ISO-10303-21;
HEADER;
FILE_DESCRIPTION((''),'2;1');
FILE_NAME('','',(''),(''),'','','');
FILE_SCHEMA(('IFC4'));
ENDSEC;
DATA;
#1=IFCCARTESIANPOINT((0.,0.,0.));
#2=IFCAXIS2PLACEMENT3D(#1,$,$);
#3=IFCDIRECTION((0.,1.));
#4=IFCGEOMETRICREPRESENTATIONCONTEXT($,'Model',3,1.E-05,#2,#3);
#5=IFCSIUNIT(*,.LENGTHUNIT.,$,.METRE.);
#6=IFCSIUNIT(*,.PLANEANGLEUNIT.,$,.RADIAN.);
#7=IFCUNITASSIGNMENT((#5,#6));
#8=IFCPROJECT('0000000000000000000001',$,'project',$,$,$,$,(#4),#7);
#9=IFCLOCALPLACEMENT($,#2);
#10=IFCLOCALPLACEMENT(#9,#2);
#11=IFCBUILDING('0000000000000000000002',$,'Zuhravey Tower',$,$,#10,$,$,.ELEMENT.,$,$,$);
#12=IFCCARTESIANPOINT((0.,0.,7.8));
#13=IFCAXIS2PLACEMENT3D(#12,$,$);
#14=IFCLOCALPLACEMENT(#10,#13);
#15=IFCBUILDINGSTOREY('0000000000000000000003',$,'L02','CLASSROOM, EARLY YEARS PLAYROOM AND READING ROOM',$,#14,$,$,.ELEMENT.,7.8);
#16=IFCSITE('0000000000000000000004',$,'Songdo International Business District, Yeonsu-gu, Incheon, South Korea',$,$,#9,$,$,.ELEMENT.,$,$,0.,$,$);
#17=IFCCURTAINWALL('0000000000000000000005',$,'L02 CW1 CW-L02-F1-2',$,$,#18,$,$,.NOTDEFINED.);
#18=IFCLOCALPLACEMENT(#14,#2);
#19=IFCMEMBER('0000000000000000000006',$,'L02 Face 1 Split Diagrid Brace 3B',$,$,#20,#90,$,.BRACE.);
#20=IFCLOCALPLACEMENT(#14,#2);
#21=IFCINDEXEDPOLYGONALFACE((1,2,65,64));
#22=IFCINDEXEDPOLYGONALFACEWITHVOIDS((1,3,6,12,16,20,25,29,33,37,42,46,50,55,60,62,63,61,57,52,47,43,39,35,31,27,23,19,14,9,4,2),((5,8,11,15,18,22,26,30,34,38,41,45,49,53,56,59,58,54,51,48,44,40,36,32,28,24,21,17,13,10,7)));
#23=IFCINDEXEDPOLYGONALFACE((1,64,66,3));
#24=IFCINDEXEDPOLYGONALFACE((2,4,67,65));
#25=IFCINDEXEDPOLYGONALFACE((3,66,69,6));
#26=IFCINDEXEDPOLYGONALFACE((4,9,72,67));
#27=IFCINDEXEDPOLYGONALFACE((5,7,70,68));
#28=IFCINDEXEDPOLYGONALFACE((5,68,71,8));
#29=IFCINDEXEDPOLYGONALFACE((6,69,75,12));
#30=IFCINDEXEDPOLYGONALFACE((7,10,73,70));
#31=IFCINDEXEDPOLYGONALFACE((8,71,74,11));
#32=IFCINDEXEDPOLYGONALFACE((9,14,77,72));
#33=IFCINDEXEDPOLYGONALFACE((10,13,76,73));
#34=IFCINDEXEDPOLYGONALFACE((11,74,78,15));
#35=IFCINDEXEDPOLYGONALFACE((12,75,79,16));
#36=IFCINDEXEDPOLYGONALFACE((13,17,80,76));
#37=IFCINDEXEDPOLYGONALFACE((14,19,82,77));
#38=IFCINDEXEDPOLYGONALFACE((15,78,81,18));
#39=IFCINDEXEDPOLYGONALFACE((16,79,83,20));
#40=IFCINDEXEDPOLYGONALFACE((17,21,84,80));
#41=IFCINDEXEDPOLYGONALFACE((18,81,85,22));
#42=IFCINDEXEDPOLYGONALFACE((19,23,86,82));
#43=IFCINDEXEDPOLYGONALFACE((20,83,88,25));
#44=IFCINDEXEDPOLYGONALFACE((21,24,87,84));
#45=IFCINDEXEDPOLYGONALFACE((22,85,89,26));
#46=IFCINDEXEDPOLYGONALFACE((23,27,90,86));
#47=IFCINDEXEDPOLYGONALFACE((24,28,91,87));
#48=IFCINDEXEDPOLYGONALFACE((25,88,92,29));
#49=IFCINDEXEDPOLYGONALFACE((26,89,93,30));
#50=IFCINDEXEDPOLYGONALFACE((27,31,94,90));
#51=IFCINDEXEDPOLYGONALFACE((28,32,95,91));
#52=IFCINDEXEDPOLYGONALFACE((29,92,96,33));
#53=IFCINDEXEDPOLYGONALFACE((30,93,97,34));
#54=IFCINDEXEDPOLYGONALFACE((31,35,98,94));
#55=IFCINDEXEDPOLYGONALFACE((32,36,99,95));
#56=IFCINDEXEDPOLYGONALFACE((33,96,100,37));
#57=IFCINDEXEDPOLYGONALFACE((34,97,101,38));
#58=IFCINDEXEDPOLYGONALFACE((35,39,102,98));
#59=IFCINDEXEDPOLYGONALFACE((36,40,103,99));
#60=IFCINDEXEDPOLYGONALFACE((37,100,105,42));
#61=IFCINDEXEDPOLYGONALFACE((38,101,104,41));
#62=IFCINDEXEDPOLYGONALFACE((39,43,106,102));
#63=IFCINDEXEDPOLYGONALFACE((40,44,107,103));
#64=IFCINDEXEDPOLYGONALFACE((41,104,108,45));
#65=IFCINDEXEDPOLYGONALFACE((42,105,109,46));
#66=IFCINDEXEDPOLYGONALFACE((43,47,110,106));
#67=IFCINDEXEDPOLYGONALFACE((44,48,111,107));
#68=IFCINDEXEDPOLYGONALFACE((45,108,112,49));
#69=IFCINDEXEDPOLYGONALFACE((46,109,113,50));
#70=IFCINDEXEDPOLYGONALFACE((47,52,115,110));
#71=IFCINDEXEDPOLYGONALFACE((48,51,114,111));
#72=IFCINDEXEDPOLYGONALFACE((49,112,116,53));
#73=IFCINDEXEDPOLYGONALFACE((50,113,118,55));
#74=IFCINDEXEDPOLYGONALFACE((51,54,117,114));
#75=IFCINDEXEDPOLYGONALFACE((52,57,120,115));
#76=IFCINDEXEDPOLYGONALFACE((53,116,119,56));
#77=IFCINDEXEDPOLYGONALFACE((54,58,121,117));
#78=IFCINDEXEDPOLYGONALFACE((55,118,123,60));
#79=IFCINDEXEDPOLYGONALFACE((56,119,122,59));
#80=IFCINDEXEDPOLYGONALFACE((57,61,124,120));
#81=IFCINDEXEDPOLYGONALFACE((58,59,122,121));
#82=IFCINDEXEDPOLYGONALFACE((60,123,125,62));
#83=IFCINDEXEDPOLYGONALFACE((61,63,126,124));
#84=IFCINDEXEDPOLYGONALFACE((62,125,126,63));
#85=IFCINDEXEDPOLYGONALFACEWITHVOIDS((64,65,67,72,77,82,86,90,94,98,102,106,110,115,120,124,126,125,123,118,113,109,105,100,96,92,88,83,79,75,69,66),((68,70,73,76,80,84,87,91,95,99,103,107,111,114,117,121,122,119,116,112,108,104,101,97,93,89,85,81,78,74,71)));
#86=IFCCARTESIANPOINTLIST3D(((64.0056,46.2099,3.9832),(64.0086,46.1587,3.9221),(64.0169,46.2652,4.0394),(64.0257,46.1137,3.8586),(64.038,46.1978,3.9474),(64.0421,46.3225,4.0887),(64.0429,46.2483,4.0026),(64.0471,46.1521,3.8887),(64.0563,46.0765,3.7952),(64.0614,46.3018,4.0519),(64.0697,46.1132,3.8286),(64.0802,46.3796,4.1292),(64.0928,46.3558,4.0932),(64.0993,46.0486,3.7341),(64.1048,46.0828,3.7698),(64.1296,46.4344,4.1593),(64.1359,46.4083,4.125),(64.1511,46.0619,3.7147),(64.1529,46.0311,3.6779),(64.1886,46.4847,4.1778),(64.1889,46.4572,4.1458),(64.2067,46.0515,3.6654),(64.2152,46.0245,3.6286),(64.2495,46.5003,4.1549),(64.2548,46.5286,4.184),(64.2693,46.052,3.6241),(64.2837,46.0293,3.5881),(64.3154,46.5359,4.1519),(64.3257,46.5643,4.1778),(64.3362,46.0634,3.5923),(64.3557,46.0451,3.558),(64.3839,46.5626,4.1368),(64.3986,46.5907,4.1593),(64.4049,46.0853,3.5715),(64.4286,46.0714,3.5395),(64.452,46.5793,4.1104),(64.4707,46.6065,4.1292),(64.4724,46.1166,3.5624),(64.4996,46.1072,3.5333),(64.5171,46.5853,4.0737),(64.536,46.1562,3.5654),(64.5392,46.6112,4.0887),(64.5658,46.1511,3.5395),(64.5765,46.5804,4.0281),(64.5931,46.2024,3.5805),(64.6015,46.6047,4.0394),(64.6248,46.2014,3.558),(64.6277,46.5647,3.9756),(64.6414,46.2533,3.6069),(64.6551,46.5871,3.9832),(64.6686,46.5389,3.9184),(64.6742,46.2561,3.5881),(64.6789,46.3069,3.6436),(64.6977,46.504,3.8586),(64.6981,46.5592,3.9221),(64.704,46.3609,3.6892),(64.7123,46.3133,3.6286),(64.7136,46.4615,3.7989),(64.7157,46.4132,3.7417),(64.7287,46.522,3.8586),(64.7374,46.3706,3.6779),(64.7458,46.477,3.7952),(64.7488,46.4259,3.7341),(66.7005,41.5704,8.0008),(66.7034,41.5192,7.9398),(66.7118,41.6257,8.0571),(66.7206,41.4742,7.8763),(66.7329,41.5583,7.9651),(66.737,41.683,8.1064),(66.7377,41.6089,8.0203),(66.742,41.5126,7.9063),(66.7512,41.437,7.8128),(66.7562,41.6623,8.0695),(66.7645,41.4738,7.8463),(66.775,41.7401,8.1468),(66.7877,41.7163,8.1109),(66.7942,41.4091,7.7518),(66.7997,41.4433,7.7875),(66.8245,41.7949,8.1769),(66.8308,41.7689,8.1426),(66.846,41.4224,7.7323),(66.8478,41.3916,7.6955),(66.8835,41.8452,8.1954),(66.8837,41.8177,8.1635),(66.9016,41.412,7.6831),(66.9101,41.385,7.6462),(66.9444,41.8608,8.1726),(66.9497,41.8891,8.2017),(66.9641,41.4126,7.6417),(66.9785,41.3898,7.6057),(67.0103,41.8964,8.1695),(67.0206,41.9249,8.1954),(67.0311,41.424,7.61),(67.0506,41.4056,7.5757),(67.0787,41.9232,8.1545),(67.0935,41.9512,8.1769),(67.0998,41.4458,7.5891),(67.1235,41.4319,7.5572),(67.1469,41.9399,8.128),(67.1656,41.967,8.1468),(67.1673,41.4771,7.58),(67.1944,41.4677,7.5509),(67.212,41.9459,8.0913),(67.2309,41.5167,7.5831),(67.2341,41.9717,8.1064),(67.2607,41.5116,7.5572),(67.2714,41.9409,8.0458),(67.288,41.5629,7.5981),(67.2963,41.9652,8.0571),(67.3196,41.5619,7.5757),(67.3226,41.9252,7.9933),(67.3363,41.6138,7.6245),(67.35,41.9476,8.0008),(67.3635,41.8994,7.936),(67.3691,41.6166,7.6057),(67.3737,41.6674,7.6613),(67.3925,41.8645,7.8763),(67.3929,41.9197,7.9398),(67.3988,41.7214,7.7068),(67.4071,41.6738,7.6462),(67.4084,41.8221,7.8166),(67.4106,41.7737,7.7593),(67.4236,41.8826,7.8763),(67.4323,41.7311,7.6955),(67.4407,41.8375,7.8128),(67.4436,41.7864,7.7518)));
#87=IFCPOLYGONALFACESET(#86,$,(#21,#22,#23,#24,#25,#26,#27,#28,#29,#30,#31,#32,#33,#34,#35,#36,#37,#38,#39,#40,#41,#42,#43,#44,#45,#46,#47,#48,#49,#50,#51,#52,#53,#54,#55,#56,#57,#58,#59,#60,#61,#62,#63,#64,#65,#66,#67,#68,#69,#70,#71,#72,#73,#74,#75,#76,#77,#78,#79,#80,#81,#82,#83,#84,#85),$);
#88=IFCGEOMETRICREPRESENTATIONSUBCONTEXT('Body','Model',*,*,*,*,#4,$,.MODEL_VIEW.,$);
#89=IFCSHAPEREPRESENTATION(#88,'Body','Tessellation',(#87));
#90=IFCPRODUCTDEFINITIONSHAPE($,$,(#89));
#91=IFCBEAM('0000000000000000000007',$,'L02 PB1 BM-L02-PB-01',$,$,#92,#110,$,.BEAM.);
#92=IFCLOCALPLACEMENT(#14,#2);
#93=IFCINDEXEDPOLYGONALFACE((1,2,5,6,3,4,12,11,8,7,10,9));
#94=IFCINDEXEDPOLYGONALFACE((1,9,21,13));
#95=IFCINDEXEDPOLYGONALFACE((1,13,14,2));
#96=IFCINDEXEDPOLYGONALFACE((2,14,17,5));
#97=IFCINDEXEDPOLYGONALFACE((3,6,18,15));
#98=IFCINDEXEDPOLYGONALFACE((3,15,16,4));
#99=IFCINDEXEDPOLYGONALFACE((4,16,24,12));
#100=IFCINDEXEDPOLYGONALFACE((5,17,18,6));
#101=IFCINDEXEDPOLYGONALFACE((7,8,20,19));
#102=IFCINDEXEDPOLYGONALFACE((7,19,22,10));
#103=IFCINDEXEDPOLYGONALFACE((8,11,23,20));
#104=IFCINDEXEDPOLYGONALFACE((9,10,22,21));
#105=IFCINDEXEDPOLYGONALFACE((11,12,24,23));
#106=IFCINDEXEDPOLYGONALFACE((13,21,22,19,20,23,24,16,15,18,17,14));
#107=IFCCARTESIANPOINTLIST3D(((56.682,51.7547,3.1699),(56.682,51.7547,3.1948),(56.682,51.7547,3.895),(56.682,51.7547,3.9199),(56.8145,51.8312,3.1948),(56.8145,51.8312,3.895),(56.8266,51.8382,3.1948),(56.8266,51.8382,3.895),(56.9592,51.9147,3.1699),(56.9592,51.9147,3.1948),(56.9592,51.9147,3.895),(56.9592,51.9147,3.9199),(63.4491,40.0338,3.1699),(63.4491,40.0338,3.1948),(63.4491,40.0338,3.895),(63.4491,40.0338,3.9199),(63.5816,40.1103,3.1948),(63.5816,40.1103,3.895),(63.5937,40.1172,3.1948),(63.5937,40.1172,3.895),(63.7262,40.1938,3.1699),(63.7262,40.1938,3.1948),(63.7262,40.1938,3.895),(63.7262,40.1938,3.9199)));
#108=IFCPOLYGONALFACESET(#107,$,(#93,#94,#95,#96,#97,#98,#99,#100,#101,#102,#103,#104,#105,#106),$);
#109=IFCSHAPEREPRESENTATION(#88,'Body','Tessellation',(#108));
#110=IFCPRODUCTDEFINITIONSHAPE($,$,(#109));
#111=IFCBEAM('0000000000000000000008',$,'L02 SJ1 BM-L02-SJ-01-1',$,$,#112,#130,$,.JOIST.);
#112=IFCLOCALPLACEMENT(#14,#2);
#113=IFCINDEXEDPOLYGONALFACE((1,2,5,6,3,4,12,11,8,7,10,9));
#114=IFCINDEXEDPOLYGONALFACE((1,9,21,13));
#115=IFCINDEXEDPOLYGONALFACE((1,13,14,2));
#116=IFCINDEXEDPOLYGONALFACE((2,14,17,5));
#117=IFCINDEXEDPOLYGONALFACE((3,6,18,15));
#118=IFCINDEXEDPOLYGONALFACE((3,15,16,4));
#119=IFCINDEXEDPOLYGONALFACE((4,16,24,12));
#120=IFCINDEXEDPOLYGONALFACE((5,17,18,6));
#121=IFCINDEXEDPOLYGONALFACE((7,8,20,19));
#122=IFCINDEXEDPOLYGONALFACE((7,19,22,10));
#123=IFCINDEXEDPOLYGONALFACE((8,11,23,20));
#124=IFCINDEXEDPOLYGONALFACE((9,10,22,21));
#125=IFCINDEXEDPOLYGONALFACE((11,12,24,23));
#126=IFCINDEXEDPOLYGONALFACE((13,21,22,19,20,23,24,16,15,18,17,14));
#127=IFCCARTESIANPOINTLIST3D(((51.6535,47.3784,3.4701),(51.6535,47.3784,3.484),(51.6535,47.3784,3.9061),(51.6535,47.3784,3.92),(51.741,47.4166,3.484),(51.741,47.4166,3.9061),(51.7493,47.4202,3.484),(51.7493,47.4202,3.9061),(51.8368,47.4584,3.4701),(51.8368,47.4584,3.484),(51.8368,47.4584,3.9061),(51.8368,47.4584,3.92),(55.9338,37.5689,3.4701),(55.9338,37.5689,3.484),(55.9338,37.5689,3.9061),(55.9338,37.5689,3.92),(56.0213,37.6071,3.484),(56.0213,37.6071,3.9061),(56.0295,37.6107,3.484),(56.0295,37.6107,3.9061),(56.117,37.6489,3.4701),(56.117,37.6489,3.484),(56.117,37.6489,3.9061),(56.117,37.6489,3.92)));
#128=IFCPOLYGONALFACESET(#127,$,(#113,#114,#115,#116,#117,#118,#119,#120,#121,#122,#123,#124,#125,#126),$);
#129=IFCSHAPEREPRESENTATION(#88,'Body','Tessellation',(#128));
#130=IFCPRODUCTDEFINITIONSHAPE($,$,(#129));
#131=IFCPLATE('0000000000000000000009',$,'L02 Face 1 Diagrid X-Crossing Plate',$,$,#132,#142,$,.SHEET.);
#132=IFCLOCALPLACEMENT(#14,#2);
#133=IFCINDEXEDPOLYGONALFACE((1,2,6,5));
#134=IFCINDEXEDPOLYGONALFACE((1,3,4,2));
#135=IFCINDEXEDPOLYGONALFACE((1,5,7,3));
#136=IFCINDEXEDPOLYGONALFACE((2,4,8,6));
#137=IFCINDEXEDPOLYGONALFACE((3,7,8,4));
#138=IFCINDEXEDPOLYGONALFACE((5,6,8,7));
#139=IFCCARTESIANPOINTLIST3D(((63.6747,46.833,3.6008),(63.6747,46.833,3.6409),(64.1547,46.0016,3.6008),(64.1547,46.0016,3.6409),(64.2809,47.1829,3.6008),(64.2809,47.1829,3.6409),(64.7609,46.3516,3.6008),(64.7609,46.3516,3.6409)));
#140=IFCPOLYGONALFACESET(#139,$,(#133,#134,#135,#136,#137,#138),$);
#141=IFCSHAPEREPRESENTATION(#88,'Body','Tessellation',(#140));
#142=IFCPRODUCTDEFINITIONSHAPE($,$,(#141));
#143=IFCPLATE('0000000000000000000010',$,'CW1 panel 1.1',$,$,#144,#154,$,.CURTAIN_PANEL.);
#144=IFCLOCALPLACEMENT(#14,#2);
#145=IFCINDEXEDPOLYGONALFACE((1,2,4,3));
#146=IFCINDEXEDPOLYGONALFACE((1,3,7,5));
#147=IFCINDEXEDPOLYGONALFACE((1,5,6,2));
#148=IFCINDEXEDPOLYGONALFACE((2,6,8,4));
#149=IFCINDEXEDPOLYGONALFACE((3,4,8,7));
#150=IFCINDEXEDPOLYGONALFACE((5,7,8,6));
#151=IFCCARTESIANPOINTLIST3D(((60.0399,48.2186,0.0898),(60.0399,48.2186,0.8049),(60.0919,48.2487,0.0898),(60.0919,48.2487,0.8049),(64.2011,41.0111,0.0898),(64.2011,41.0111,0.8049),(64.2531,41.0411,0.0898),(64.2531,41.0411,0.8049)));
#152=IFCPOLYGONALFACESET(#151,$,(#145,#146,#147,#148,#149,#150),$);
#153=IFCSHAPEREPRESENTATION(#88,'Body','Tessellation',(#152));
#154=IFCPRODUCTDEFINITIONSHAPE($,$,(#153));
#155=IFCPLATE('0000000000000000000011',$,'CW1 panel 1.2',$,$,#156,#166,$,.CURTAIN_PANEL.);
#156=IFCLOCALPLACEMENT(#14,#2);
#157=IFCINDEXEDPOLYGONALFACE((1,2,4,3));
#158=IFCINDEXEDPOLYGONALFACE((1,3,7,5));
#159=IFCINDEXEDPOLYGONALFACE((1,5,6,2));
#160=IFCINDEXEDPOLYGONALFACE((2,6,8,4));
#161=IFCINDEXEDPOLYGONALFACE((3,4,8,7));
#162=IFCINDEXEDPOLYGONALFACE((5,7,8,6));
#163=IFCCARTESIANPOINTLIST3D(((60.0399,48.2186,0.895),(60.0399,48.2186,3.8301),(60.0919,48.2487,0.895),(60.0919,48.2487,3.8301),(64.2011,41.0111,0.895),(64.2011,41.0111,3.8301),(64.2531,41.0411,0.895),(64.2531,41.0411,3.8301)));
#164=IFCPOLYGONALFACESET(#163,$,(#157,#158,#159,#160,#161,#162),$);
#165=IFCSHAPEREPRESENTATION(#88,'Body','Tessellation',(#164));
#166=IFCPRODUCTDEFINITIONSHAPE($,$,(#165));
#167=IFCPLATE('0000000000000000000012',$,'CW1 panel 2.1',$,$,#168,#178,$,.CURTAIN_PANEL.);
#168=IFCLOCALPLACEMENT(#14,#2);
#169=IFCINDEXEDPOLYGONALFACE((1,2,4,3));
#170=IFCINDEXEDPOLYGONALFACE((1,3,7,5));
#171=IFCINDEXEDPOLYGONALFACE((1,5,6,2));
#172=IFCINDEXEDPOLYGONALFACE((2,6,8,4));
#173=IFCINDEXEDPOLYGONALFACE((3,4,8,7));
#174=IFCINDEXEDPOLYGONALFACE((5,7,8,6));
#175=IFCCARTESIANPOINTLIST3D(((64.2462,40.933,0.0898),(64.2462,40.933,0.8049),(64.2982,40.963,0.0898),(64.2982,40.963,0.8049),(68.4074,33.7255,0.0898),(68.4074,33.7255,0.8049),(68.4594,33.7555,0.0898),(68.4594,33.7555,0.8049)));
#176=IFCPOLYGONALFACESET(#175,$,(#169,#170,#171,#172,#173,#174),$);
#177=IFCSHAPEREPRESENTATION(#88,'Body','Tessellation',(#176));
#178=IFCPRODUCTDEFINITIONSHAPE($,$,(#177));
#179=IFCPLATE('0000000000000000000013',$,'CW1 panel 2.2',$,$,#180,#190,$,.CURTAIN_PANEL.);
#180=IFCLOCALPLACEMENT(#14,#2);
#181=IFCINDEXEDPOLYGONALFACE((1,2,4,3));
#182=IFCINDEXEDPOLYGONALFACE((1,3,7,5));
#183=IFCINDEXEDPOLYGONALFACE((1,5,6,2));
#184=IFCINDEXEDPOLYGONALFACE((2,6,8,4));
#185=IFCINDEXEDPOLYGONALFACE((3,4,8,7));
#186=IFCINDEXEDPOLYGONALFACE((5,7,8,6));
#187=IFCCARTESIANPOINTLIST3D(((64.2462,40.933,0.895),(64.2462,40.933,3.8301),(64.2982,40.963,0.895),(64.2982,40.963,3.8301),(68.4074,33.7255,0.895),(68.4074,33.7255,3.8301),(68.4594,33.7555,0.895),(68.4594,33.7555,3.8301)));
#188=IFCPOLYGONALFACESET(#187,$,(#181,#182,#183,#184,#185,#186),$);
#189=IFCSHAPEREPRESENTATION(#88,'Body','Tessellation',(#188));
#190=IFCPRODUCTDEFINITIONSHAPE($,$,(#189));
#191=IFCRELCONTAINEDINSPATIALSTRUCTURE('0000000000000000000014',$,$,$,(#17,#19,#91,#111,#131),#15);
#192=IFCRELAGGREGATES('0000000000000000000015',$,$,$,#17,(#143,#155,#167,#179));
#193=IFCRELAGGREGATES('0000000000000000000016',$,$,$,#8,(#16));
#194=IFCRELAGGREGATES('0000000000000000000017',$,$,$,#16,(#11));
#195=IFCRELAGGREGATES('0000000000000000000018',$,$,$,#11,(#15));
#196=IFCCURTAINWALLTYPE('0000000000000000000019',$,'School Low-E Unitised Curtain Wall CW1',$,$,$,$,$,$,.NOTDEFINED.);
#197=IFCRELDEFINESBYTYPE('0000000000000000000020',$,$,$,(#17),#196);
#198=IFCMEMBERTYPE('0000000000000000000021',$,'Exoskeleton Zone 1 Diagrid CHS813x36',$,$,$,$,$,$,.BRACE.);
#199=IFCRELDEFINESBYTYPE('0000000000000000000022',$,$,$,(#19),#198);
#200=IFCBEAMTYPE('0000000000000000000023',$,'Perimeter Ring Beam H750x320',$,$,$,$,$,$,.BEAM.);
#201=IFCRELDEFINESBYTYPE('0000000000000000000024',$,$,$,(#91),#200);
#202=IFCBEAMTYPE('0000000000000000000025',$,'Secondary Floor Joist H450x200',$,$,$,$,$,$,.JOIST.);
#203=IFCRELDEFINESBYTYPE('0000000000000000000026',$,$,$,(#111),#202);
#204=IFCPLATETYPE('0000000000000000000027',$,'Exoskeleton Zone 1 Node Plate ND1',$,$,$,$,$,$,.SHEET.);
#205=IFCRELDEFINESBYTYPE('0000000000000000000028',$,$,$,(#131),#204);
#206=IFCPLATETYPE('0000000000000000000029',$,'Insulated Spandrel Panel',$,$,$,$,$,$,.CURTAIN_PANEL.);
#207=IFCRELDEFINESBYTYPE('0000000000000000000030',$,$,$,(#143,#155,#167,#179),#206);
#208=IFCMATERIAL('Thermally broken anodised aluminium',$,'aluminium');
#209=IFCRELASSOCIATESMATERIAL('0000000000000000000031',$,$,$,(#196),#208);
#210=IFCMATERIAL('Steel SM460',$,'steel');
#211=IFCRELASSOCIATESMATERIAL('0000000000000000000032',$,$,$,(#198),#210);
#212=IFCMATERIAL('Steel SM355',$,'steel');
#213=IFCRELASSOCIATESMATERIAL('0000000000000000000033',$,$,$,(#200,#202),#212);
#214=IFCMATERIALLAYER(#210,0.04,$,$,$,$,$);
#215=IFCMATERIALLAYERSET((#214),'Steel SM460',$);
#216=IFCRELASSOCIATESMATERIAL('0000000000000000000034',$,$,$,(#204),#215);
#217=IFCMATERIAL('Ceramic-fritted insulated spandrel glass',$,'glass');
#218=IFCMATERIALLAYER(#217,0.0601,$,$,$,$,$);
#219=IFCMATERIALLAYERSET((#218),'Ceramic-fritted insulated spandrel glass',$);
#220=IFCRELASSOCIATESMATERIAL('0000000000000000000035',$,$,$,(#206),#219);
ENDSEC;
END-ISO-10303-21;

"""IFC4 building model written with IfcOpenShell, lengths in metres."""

from ifc_helpers import new_model, si_unit, direction, frame, origin, origin_2d, place, context, subcontext, project, spatial, rectangle, hollow_circle, i_section, extrude, material, layer, layer_set, material_profile, profile_set, type_object, element, aggregate, save


model = new_model("IFC4")

# Units and contexts
model_context = context("Model", 3, precision=1e-05, world=origin(), true_north=direction((0.0, 1.0)))
body_context = subcontext(model_context, "Body", "Model", "MODEL_VIEW")
ifc_project = project(units=[si_unit("LENGTHUNIT", "METRE"), si_unit("PLANEANGLEUNIT", "RADIAN")], contexts=[model_context])

# Site, building, storey
site_placement = place(None, origin())
site = spatial("IfcSite", under=ifc_project, at=site_placement, Name="Songdo International Business District, Yeonsu-gu, Incheon, South Korea", CompositionType="ELEMENT", RefElevation=0.0)
building_placement = place(site_placement, origin())
building = spatial("IfcBuilding", under=site, at=building_placement, Name="Zuhravey Tower", CompositionType="ELEMENT")
storey_placement = place(building_placement, frame((0.0, 0.0, 7.8)))
storey = spatial("IfcBuildingStorey", under=building, at=storey_placement, Name="L02", Description="CLASSROOM, EARLY YEARS PLAYROOM AND READING ROOM", CompositionType="ELEMENT", Elevation=7.8)

# Curtain wall
ifc_material_1 = material(Name="Thermally broken anodised aluminium", Category="aluminium")
curtain_wall_type = type_object("IfcCurtainWallType", Name="School Low-E Unitised Curtain Wall CW1", PredefinedType="NOTDEFINED", material=ifc_material_1)
curtain_wall_placement = place(storey_placement, origin())
curtain_wall = element("IfcCurtainWall", 1, at=curtain_wall_placement, inside=storey, type_object=curtain_wall_type, Name="L02 CW1 CW-L02-F1-2", PredefinedType="NOTDEFINED")

# Member
ifc_material_2 = material(Name="Steel SM355", Category="steel")
ifc_material_3 = material(Name="Steel SM460", Category="steel")
ifc_material_profile_1 = material_profile(ifc_material_3, hollow_circle(Radius=0.4065, WallThickness=0.0359, at=origin_2d()), Name="CHS-812.8x36")
ifc_profile_set_1 = profile_set([ifc_material_profile_1], Name="Steel SM460")
member_type_1 = type_object("IfcMemberType", Name="Exoskeleton Zone 1 Diagrid CHS813x36", PredefinedType="BRACE", material=ifc_profile_set_1)
member_1_placement = place(storey_placement, frame((64.3772, 46.3179, 3.8586), z_axis=(0.402047, -0.692163, 0.599391), x_axis=(0.86471, 0.502272, 0.0)))
element("IfcMember", 2, at=member_1_placement, inside=storey, type_object=member_type_1, Name="L02 Face 1 Split Diagrid Brace 3B", PredefinedType="BRACE", context=body_context, shape_type="SweptSolid", body=[
    extrude(hollow_circle(Radius=0.4065, WallThickness=0.0359, at=origin_2d()), origin(), (0.0, 0.0, 1.0), 6.7029),
])

# Beams
ifc_material_profile_2 = material_profile(ifc_material_2, i_section(OverallWidth=0.3201, OverallDepth=0.75, WebThickness=0.0139, FlangeThickness=0.0249, at=origin_2d()), Name="H-750x320x14x25")
ifc_profile_set_2 = profile_set([ifc_material_profile_2], Name="Steel SM355")
beam_type_1 = type_object("IfcBeamType", Name="Perimeter Ring Beam H750x320", PredefinedType="BEAM", material=ifc_profile_set_2)
beam_1_placement = place(storey_placement, frame((63.5876, 40.1138, 3.5449), z_axis=(-0.5, 0.866025, 0.0), x_axis=(-0.866025, -0.5, 0.0)))
element("IfcBeam", 3, at=beam_1_placement, inside=storey, type_object=beam_type_1, Name="L02 PB1 BM-L02-PB-01", PredefinedType="BEAM", context=body_context, shape_type="SweptSolid", body=[
    extrude(i_section(OverallWidth=0.3201, OverallDepth=0.75, WebThickness=0.0139, FlangeThickness=0.0249, at=origin_2d()), origin(), (0.0, 0.0, 1.0), 13.5342),
])
ifc_material_profile_3 = material_profile(ifc_material_2, i_section(OverallWidth=0.2, OverallDepth=0.45, WebThickness=0.009, FlangeThickness=0.0139, at=origin_2d()), Name="H-450x200x9x14")
ifc_profile_set_3 = profile_set([ifc_material_profile_3], Name="Steel SM355")
beam_type_2 = type_object("IfcBeamType", Name="Secondary Floor Joist H450x200", PredefinedType="JOIST", material=ifc_profile_set_3)
beam_2_placement = place(storey_placement, frame((56.0254, 37.6089, 3.6951), z_axis=(-0.399924, 0.916549, 0.0), x_axis=(-0.916549, -0.399924, 0.0)))
element("IfcBeam", 4, at=beam_2_placement, inside=storey, type_object=beam_type_2, Name="L02 SJ1 BM-L02-SJ-01-1", PredefinedType="JOIST", context=body_context, shape_type="SweptSolid", body=[
    extrude(i_section(OverallWidth=0.2, OverallDepth=0.45, WebThickness=0.009, FlangeThickness=0.0139, at=origin_2d()), origin(), (0.0, 0.0, 1.0), 10.7026),
])

# Plates
ifc_layer_1 = layer(ifc_material_3, 0.04)
ifc_layer_set_1 = layer_set([ifc_layer_1], Name="Steel SM460")
plate_type_1 = type_object("IfcPlateType", Name="Exoskeleton Zone 1 Node Plate ND1", PredefinedType="SHEET", material=ifc_layer_set_1)
plate_1_placement = place(storey_placement, frame((64.2178, 46.5923, 3.6008), z_axis=(0.0, 0.0, 1.0), x_axis=(-0.5, 0.866025, 0.0)))
element("IfcPlate", 5, at=plate_1_placement, inside=storey, type_object=plate_type_1, Name="L02 Face 1 Diagrid X-Crossing Plate", PredefinedType="SHEET", context=body_context, shape_type="SweptSolid", body=[
    extrude(rectangle(XDim=0.96, YDim=0.7, at=origin_2d()), origin(), (0.0, 0.0, 1.0), 0.04),
])
ifc_material_4 = material(Name="Ceramic-fritted insulated spandrel glass", Category="glass")
ifc_layer_2 = layer(ifc_material_4, 0.0601)
ifc_layer_set_2 = layer_set([ifc_layer_2], Name="Ceramic-fritted insulated spandrel glass")
plate_type_2 = type_object("IfcPlateType", Name="Insulated Spandrel Panel", PredefinedType="CURTAIN_PANEL", material=ifc_layer_set_2)
plate_2_placement = place(storey_placement, frame((62.1465, 44.6299, 0.0898), z_axis=(0.0, 0.0, 1.0), x_axis=(0.5, -0.866026, 0.0)))
plate_2 = element("IfcPlate", 6, at=plate_2_placement, type_object=plate_type_2, Name="CW1 panel 1.1", PredefinedType="CURTAIN_PANEL", context=body_context, shape_type="SweptSolid", body=[
    extrude(rectangle(XDim=8.3225, YDim=0.0601, at=origin_2d()), origin(), (0.0, 0.0, 1.0), 0.7151),
])
plate_3_placement = place(storey_placement, frame((62.1465, 44.6299, 0.895), z_axis=(0.0, 0.0, 1.0), x_axis=(0.5, -0.866026, 0.0)))
plate_3 = element("IfcPlate", 7, at=plate_3_placement, type_object=plate_type_2, Name="CW1 panel 1.2", PredefinedType="CURTAIN_PANEL", context=body_context, shape_type="SweptSolid", body=[
    extrude(rectangle(XDim=8.3225, YDim=0.0601, at=origin_2d()), origin(), (0.0, 0.0, 1.0), 2.9351),
])
plate_4_placement = place(storey_placement, frame((66.3528, 37.3442, 0.0898), z_axis=(0.0, 0.0, 1.0), x_axis=(0.5, -0.866026, 0.0)))
plate_4 = element("IfcPlate", 8, at=plate_4_placement, type_object=plate_type_2, Name="CW1 panel 2.1", PredefinedType="CURTAIN_PANEL", context=body_context, shape_type="SweptSolid", body=[
    extrude(rectangle(XDim=8.3225, YDim=0.0601, at=origin_2d()), origin(), (0.0, 0.0, 1.0), 0.7151),
])
plate_5_placement = place(storey_placement, frame((66.3528, 37.3442, 0.895), z_axis=(0.0, 0.0, 1.0), x_axis=(0.5, -0.866026, 0.0)))
plate_5 = element("IfcPlate", 9, at=plate_5_placement, type_object=plate_type_2, Name="CW1 panel 2.2", PredefinedType="CURTAIN_PANEL", context=body_context, shape_type="SweptSolid", body=[
    extrude(rectangle(XDim=8.3225, YDim=0.0601, at=origin_2d()), origin(), (0.0, 0.0, 1.0), 2.9351),
])
aggregate(curtain_wall, [plate_2, plate_3, plate_4, plate_5])

save(model, "model.ifc")
